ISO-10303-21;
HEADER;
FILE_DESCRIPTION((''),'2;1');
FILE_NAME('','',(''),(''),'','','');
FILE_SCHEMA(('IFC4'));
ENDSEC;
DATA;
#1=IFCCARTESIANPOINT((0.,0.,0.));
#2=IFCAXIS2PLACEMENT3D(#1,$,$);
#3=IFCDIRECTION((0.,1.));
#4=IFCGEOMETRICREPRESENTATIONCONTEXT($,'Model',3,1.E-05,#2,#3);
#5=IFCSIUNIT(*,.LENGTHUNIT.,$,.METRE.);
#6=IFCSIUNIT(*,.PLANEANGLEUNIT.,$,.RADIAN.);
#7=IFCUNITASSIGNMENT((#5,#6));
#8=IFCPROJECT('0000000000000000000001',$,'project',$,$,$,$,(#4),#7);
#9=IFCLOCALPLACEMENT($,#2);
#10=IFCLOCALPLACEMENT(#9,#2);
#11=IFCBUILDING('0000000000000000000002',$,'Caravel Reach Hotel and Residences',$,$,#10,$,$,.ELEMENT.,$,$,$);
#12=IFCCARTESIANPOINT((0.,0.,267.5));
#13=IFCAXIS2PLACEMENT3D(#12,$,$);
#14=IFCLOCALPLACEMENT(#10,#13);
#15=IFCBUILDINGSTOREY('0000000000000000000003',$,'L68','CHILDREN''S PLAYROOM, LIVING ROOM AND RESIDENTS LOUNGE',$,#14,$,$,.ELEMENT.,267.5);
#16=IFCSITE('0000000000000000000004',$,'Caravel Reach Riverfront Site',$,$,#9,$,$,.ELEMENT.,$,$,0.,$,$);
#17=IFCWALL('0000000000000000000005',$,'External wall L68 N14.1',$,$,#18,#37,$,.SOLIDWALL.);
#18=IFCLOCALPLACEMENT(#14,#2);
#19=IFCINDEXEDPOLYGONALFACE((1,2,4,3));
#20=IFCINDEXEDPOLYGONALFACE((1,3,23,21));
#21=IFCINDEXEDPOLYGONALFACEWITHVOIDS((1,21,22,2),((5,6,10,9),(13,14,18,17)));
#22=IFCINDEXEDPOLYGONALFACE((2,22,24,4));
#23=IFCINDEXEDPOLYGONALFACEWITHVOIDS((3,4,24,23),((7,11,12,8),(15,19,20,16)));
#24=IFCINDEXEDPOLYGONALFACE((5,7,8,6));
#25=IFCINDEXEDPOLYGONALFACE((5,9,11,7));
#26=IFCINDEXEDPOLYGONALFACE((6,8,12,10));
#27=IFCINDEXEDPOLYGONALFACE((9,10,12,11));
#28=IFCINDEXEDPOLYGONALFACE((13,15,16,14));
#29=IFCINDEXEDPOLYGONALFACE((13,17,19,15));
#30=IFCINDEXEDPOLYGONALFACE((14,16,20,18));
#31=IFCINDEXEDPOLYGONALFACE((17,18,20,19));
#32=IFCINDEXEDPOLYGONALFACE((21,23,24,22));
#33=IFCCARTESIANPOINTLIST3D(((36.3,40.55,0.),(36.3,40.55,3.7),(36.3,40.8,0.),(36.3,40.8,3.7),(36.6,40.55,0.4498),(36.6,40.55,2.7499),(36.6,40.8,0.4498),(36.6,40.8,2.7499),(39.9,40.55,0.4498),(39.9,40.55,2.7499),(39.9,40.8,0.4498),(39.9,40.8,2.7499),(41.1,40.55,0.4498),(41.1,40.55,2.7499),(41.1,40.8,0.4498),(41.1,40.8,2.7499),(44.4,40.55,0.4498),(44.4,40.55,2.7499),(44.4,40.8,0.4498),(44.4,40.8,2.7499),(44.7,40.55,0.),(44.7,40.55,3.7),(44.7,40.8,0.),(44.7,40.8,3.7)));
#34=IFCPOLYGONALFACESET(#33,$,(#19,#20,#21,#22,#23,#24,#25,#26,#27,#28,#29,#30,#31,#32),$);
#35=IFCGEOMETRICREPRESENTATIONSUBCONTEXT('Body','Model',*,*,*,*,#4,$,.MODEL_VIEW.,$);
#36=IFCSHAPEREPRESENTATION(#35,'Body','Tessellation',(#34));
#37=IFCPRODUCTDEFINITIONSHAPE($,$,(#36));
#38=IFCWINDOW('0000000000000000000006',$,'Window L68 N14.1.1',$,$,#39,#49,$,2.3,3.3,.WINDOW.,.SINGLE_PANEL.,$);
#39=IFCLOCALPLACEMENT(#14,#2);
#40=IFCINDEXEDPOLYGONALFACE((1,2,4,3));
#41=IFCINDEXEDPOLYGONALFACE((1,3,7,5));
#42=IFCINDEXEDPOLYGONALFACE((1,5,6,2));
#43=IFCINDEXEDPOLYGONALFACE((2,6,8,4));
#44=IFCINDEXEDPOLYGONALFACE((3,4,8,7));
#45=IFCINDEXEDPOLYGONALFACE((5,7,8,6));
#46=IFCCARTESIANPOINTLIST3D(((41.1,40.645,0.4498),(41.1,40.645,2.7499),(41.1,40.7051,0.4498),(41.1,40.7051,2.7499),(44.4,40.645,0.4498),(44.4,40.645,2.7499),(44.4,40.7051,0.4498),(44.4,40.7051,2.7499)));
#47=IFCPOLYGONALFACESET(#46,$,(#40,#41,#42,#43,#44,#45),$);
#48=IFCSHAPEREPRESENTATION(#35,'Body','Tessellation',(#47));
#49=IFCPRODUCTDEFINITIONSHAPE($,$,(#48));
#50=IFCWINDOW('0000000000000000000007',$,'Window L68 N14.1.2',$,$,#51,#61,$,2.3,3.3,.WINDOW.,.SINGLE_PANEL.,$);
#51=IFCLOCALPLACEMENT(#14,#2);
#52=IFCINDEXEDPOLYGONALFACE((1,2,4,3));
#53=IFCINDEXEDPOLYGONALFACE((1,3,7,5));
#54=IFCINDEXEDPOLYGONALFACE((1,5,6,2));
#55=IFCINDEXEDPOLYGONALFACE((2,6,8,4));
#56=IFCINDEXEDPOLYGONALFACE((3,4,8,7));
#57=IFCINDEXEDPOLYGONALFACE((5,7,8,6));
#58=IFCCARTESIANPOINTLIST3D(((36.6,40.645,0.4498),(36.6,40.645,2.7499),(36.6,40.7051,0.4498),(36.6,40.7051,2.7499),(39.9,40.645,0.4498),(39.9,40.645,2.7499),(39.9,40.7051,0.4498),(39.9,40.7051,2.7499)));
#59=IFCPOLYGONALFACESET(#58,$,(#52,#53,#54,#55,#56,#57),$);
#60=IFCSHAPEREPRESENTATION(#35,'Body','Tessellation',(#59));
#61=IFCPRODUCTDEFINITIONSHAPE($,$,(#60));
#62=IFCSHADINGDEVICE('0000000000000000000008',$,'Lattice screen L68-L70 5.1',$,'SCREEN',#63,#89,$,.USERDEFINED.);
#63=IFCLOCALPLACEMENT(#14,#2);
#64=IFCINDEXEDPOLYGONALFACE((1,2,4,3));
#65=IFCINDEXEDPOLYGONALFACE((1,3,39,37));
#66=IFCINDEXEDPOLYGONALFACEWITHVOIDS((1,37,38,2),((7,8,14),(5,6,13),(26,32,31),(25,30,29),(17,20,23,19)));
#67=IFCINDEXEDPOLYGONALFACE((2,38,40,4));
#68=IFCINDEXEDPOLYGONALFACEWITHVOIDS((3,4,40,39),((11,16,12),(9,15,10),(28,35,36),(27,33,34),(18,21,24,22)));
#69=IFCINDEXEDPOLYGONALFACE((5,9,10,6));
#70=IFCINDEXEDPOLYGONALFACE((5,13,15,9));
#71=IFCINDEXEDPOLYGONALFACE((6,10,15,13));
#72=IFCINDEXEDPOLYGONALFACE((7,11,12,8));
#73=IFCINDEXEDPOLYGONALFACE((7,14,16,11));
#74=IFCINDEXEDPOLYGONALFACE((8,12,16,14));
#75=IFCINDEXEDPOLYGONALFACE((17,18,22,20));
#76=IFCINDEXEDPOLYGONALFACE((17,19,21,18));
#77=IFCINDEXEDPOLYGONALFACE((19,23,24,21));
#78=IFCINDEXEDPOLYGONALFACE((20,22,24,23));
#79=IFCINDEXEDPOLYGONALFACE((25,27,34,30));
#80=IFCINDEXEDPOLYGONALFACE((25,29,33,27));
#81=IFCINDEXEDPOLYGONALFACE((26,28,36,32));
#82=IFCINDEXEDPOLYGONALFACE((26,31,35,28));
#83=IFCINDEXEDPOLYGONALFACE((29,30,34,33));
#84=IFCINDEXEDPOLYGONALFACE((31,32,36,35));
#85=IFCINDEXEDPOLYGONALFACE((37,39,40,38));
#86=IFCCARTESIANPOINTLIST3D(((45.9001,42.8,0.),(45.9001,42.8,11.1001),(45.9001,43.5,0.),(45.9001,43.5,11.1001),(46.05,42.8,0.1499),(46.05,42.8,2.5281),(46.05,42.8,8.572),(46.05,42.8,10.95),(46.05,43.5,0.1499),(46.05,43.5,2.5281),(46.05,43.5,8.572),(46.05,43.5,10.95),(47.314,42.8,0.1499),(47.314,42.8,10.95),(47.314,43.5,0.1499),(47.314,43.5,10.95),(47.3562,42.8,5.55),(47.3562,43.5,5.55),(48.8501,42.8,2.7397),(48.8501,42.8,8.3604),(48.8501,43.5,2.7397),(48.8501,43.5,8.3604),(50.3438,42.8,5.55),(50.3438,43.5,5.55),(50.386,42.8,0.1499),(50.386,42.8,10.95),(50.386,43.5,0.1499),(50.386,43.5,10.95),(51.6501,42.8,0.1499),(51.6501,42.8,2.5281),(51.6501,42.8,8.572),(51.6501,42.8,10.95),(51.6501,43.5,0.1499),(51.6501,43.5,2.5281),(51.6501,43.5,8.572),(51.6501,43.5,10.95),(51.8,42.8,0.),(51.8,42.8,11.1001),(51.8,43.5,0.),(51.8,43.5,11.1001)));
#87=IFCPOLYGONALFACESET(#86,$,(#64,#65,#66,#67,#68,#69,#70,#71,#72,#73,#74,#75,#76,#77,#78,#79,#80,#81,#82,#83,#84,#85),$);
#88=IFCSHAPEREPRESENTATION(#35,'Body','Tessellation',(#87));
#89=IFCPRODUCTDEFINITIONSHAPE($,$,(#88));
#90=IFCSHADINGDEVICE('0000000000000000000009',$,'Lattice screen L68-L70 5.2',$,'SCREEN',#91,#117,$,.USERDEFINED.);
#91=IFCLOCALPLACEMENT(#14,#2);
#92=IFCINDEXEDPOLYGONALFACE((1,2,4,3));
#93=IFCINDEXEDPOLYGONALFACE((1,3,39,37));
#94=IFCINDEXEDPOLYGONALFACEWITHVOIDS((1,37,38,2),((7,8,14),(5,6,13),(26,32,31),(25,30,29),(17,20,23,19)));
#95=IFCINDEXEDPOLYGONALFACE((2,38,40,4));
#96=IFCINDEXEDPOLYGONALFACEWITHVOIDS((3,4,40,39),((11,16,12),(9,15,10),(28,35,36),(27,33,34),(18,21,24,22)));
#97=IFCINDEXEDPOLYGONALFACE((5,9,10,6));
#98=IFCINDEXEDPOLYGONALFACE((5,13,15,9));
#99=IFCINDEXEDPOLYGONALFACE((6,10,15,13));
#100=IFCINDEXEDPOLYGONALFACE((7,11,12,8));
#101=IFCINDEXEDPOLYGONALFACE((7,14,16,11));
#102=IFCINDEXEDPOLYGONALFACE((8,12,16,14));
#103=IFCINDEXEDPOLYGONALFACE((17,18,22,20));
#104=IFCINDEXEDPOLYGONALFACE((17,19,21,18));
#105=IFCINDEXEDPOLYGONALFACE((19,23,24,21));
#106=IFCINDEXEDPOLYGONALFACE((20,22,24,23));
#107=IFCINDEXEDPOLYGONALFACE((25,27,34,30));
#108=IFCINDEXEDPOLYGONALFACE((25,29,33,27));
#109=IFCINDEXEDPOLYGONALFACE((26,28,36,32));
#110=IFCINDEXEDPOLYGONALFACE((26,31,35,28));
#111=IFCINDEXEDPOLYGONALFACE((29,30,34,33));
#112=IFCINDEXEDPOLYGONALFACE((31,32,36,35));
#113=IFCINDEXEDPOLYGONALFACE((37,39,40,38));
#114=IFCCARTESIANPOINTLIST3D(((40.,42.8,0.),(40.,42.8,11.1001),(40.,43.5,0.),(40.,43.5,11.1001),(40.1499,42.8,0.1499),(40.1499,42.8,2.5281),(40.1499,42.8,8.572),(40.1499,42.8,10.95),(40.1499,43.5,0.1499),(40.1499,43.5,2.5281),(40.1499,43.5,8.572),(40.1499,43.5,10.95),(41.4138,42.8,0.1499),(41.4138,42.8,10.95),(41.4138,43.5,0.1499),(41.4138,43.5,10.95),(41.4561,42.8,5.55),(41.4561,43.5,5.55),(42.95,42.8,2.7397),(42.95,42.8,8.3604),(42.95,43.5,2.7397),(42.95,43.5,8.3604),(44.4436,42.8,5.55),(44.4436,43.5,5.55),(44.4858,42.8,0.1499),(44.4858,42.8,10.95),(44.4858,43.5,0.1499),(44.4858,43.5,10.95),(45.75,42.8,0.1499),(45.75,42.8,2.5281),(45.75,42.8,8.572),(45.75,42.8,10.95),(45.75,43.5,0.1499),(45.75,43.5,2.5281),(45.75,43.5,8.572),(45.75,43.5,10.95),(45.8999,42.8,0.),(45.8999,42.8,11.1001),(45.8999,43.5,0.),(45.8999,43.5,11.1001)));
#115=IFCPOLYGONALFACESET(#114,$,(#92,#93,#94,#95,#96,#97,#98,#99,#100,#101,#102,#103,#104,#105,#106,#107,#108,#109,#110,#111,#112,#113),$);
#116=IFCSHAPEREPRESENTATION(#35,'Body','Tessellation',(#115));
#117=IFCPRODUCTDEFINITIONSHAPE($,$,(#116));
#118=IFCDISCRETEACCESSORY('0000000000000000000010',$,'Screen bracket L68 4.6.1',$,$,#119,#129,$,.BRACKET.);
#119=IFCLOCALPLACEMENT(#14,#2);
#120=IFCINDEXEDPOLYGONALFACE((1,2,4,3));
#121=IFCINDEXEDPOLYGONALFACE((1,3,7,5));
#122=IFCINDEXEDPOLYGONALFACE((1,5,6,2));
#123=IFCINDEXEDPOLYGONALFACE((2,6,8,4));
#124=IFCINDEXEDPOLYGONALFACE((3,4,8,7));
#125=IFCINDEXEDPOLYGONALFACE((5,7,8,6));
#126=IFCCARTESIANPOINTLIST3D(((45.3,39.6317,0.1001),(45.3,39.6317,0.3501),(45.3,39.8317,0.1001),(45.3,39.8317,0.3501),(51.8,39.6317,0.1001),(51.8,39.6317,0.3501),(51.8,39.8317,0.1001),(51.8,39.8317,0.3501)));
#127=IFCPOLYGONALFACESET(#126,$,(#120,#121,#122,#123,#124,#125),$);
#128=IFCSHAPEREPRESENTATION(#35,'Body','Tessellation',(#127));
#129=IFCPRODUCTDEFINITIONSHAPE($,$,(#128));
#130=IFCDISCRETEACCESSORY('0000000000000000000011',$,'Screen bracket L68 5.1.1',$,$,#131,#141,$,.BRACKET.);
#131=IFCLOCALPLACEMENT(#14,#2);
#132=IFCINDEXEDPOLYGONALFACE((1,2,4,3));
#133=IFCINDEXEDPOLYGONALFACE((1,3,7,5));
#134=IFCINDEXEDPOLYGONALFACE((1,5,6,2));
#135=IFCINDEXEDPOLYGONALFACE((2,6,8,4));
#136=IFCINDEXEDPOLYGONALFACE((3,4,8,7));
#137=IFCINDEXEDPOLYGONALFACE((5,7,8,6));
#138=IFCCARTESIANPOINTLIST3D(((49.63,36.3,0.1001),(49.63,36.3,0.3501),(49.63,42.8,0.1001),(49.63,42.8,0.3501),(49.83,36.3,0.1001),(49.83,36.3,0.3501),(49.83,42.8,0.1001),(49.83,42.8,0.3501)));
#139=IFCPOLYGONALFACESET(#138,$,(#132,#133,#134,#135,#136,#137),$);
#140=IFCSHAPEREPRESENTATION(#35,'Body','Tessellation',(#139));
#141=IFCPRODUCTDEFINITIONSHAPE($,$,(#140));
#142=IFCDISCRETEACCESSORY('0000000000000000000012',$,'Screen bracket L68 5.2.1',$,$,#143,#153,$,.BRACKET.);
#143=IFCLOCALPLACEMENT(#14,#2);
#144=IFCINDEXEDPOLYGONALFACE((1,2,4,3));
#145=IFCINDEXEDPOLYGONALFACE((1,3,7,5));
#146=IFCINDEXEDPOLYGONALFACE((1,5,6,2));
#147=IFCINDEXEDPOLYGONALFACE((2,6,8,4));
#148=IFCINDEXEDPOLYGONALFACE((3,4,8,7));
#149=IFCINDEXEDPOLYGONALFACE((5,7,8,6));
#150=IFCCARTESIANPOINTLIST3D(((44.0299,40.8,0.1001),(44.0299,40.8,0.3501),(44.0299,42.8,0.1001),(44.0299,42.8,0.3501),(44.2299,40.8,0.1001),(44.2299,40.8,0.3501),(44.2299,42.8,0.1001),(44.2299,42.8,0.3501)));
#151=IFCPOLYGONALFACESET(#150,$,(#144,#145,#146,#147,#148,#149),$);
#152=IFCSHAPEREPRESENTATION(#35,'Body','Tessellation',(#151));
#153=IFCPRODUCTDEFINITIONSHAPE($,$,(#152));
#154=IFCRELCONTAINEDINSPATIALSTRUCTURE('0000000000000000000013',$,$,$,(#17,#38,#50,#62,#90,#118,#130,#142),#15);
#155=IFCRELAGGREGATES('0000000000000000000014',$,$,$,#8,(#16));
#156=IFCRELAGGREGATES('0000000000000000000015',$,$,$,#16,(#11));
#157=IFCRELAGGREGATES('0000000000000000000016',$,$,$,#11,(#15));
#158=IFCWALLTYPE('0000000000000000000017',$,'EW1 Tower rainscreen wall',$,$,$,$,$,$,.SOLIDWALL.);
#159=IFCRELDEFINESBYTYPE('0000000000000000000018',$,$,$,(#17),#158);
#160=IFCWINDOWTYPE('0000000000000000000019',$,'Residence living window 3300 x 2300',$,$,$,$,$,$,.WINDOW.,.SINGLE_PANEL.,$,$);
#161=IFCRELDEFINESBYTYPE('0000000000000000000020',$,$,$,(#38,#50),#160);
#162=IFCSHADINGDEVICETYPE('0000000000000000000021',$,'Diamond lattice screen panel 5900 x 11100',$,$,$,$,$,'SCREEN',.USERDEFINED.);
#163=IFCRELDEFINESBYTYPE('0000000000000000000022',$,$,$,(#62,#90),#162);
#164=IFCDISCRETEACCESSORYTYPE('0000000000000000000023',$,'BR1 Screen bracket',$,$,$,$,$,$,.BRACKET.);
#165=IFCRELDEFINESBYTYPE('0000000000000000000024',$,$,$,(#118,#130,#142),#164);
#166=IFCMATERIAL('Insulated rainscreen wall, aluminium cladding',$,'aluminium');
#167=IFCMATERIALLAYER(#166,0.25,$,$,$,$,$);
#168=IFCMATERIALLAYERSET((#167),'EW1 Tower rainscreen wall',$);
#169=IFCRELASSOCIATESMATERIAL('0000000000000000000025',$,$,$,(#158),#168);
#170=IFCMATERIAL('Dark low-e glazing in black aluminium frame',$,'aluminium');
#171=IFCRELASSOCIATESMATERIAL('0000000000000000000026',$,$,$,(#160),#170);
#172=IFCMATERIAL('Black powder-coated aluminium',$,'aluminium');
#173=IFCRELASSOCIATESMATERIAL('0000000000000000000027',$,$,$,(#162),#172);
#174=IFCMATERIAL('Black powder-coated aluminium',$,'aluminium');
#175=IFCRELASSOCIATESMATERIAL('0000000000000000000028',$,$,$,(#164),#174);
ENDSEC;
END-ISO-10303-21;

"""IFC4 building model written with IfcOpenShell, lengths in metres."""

from ifc_helpers import new_model, si_unit, direction, frame, frame_2d, origin, origin_2d, place, context, subcontext, project, spatial, polyline, rectangle, outline, extrude, material, layer, layer_set, type_object, element, fill, save


model = new_model("IFC4")

# Units and contexts
model_context = context("Model", 3, precision=1e-05, world=origin(), true_north=direction((0.0, 1.0)))
body_context = subcontext(model_context, "Body", "Model", "MODEL_VIEW")
ifc_project = project(units=[si_unit("LENGTHUNIT", "METRE"), si_unit("PLANEANGLEUNIT", "RADIAN")], contexts=[model_context])

# Site, building, storey
site_placement = place(None, origin())
site = spatial("IfcSite", under=ifc_project, at=site_placement, Name="Caravel Reach Riverfront Site", CompositionType="ELEMENT", RefElevation=0.0)
building_placement = place(site_placement, origin())
building = spatial("IfcBuilding", under=site, at=building_placement, Name="Caravel Reach Hotel and Residences", CompositionType="ELEMENT")
storey_placement = place(building_placement, frame((0.0, 0.0, 267.5)))
storey = spatial("IfcBuildingStorey", under=building, at=storey_placement, Name="L68", Description="CHILDREN'S PLAYROOM, LIVING ROOM AND RESIDENTS LOUNGE", CompositionType="ELEMENT", Elevation=267.5)

# Shared definitions
ifc_material_1 = material(Name="Insulated rainscreen wall, aluminium cladding", Category="aluminium")
ifc_layer = layer(ifc_material_1, 0.25)
ifc_layer_set = layer_set([ifc_layer], Name="EW1 Tower rainscreen wall")
wall_type = type_object("IfcWallType", Name="EW1 Tower rainscreen wall", PredefinedType="SOLIDWALL", material=ifc_layer_set)

# Wall, openings, windows
wall_1_placement = place(storey_placement, frame((44.7, 40.675, 0.0), z_axis=(0.0, 0.0, 1.0), x_axis=(-1.0, 0.0, 0.0)))
wall_1 = element("IfcWall", 1, at=wall_1_placement, inside=storey, type_object=wall_type, Name="External wall L68 N14.1", PredefinedType="SOLIDWALL", context=body_context, shape_type="SweptSolid", body=[
    extrude(rectangle(XDim=8.3999, YDim=0.25, at=frame_2d((4.2, 0.0))), origin(), (0.0, 0.0, 1.0), 3.7),
])
opening_1_placement = place(wall_1_placement, frame((0.3, 0.0, 0.45)))
opening_1 = element("IfcOpeningElement", 2, at=opening_1_placement, cuts=wall_1, PredefinedType="OPENING", context=body_context, shape_type="SweptSolid", body=[
    extrude(rectangle(XDim=3.3, YDim=2.3, at=frame_2d((1.6499, 1.1499))), frame((0.0, 0.135, 0.0), z_axis=(0.0, -1.0, 0.0), x_axis=(1.0, 0.0, 0.0)), (0.0, 0.0, 1.0), 0.27),
])
opening_2_placement = place(wall_1_placement, frame((4.8, 0.0, 0.45)))
opening_2 = element("IfcOpeningElement", 3, at=opening_2_placement, cuts=wall_1, PredefinedType="OPENING", context=body_context, shape_type="SweptSolid", body=[
    extrude(rectangle(XDim=3.3, YDim=2.3, at=frame_2d((1.6499, 1.1499))), frame((0.0, 0.135, 0.0), z_axis=(0.0, -1.0, 0.0), x_axis=(1.0, 0.0, 0.0)), (0.0, 0.0, 1.0), 0.27),
])
ifc_material_2 = material(Name="Dark low-e glazing in black aluminium frame", Category="aluminium")
window_type_1 = type_object("IfcWindowType", Name="Residence living window 3300 x 2300", PartitioningType="SINGLE_PANEL", PredefinedType="WINDOW", material=ifc_material_2)
window_1_placement = place(opening_1_placement, origin())
window_1 = element("IfcWindow", 4, at=window_1_placement, inside=storey, type_object=window_type_1, Name="Window L68 N14.1.1", OverallHeight=2.3, OverallWidth=3.3, PartitioningType="SINGLE_PANEL", PredefinedType="WINDOW", context=body_context, shape_type="SweptSolid", body=[
    extrude(rectangle(XDim=3.3, YDim=2.3, at=frame_2d((1.6499, 1.1499))), frame((0.0, 0.03, 0.0), z_axis=(0.0, -1.0, 0.0), x_axis=(1.0, 0.0, 0.0)), (0.0, 0.0, 1.0), 0.0601),
])
fill(opening_1, window_1)
window_2_placement = place(opening_2_placement, origin())
window_2 = element("IfcWindow", 5, at=window_2_placement, inside=storey, type_object=window_type_1, Name="Window L68 N14.1.2", OverallHeight=2.3, OverallWidth=3.3, PartitioningType="SINGLE_PANEL", PredefinedType="WINDOW", context=body_context, shape_type="SweptSolid", body=[
    extrude(rectangle(XDim=3.3, YDim=2.3, at=frame_2d((1.6499, 1.1499))), frame((0.0, 0.03, 0.0), z_axis=(0.0, -1.0, 0.0), x_axis=(1.0, 0.0, 0.0)), (0.0, 0.0, 1.0), 0.0601),
])
fill(opening_2, window_2)

# Shading devices
ifc_material_3 = material(Name="Black powder-coated aluminium", Category="aluminium")
shading_device_type_1 = type_object("IfcShadingDeviceType", Name="Diamond lattice screen panel 5900 x 11100", ElementType="SCREEN", PredefinedType="USERDEFINED", material=ifc_material_3)
for number, where, z_axis, x_axis, name in (
    (6, (51.8, 42.8, 0.0), (0.0, 1.0, 0.0), (-1.0, 0.0, 0.0), "Lattice screen L68-L70 5.1"),
    (7, (45.8999, 42.8, 0.0), (0.0, 1.0, 0.0), (-1.0, 0.0, 0.0), "Lattice screen L68-L70 5.2"),
):
    element("IfcShadingDevice", number, at=place(storey_placement, frame(where, z_axis=z_axis, x_axis=x_axis)), inside=storey, type_object=shading_device_type_1, Name=name, ObjectType="SCREEN", PredefinedType="USERDEFINED", context=body_context, shape_type="SweptSolid", body=[
        extrude(outline(polyline([(0.0, 0.0), (5.8999, 0.0), (5.8999, 11.1001), (0.0, 11.1001), (0.0, 0.0)]), holes=[polyline([(1.4141, 0.1499), (0.1499, 2.5281), (0.1499, 0.1499), (1.4141, 0.1499)]), polyline([(0.1499, 8.572), (1.4141, 10.95), (0.1499, 10.95), (0.1499, 8.572)]), polyline([(2.95, 8.3604), (1.4563, 5.55), (2.95, 2.7397), (4.4438, 5.55), (2.95, 8.3604)]), polyline([(5.75, 2.5281), (4.4861, 0.1499), (5.75, 0.1499), (5.75, 2.5281)]), polyline([(4.4861, 10.95), (5.75, 8.572), (5.75, 10.95), (4.4861, 10.95)])]), origin(), (0.0, 0.0, 1.0), 0.7),
    ])

# Discrete accessories
ifc_material_4 = material(Name="Black powder-coated aluminium", Category="aluminium")
discrete_accessory_type = type_object("IfcDiscreteAccessoryType", Name="BR1 Screen bracket", PredefinedType="BRACKET", material=ifc_material_4)
for number, where, z_axis, x_axis, name in (
    (8, (48.55, 39.7317, 0.1001), (0.0, 0.0, 1.0), (1.0, 0.0, 0.0), "Screen bracket L68 4.6.1"),
    (9, (49.73, 39.55, 0.1001), (0.0, 0.0, 1.0), (0.0, 1.0, 0.0), "Screen bracket L68 5.1.1"),
):
    element("IfcDiscreteAccessory", number, at=place(storey_placement, frame(where, z_axis=z_axis, x_axis=x_axis)), inside=storey, type_object=discrete_accessory_type, Name=name, PredefinedType="BRACKET", context=body_context, shape_type="SweptSolid", body=[
        extrude(rectangle(XDim=6.5, YDim=0.2, at=origin_2d()), origin(), (0.0, 0.0, 1.0), 0.25),
    ])
discrete_accessory_placement = place(storey_placement, frame((44.1299, 41.8, 0.1001), z_axis=(0.0, 0.0, 1.0), x_axis=(0.0, 1.0, 0.0)))
element("IfcDiscreteAccessory", 10, at=discrete_accessory_placement, inside=storey, type_object=discrete_accessory_type, Name="Screen bracket L68 5.2.1", PredefinedType="BRACKET", context=body_context, shape_type="SweptSolid", body=[
    extrude(rectangle(XDim=2.0, YDim=0.2, at=origin_2d()), origin(), (0.0, 0.0, 1.0), 0.25),
])

save(model, "model.ifc")
